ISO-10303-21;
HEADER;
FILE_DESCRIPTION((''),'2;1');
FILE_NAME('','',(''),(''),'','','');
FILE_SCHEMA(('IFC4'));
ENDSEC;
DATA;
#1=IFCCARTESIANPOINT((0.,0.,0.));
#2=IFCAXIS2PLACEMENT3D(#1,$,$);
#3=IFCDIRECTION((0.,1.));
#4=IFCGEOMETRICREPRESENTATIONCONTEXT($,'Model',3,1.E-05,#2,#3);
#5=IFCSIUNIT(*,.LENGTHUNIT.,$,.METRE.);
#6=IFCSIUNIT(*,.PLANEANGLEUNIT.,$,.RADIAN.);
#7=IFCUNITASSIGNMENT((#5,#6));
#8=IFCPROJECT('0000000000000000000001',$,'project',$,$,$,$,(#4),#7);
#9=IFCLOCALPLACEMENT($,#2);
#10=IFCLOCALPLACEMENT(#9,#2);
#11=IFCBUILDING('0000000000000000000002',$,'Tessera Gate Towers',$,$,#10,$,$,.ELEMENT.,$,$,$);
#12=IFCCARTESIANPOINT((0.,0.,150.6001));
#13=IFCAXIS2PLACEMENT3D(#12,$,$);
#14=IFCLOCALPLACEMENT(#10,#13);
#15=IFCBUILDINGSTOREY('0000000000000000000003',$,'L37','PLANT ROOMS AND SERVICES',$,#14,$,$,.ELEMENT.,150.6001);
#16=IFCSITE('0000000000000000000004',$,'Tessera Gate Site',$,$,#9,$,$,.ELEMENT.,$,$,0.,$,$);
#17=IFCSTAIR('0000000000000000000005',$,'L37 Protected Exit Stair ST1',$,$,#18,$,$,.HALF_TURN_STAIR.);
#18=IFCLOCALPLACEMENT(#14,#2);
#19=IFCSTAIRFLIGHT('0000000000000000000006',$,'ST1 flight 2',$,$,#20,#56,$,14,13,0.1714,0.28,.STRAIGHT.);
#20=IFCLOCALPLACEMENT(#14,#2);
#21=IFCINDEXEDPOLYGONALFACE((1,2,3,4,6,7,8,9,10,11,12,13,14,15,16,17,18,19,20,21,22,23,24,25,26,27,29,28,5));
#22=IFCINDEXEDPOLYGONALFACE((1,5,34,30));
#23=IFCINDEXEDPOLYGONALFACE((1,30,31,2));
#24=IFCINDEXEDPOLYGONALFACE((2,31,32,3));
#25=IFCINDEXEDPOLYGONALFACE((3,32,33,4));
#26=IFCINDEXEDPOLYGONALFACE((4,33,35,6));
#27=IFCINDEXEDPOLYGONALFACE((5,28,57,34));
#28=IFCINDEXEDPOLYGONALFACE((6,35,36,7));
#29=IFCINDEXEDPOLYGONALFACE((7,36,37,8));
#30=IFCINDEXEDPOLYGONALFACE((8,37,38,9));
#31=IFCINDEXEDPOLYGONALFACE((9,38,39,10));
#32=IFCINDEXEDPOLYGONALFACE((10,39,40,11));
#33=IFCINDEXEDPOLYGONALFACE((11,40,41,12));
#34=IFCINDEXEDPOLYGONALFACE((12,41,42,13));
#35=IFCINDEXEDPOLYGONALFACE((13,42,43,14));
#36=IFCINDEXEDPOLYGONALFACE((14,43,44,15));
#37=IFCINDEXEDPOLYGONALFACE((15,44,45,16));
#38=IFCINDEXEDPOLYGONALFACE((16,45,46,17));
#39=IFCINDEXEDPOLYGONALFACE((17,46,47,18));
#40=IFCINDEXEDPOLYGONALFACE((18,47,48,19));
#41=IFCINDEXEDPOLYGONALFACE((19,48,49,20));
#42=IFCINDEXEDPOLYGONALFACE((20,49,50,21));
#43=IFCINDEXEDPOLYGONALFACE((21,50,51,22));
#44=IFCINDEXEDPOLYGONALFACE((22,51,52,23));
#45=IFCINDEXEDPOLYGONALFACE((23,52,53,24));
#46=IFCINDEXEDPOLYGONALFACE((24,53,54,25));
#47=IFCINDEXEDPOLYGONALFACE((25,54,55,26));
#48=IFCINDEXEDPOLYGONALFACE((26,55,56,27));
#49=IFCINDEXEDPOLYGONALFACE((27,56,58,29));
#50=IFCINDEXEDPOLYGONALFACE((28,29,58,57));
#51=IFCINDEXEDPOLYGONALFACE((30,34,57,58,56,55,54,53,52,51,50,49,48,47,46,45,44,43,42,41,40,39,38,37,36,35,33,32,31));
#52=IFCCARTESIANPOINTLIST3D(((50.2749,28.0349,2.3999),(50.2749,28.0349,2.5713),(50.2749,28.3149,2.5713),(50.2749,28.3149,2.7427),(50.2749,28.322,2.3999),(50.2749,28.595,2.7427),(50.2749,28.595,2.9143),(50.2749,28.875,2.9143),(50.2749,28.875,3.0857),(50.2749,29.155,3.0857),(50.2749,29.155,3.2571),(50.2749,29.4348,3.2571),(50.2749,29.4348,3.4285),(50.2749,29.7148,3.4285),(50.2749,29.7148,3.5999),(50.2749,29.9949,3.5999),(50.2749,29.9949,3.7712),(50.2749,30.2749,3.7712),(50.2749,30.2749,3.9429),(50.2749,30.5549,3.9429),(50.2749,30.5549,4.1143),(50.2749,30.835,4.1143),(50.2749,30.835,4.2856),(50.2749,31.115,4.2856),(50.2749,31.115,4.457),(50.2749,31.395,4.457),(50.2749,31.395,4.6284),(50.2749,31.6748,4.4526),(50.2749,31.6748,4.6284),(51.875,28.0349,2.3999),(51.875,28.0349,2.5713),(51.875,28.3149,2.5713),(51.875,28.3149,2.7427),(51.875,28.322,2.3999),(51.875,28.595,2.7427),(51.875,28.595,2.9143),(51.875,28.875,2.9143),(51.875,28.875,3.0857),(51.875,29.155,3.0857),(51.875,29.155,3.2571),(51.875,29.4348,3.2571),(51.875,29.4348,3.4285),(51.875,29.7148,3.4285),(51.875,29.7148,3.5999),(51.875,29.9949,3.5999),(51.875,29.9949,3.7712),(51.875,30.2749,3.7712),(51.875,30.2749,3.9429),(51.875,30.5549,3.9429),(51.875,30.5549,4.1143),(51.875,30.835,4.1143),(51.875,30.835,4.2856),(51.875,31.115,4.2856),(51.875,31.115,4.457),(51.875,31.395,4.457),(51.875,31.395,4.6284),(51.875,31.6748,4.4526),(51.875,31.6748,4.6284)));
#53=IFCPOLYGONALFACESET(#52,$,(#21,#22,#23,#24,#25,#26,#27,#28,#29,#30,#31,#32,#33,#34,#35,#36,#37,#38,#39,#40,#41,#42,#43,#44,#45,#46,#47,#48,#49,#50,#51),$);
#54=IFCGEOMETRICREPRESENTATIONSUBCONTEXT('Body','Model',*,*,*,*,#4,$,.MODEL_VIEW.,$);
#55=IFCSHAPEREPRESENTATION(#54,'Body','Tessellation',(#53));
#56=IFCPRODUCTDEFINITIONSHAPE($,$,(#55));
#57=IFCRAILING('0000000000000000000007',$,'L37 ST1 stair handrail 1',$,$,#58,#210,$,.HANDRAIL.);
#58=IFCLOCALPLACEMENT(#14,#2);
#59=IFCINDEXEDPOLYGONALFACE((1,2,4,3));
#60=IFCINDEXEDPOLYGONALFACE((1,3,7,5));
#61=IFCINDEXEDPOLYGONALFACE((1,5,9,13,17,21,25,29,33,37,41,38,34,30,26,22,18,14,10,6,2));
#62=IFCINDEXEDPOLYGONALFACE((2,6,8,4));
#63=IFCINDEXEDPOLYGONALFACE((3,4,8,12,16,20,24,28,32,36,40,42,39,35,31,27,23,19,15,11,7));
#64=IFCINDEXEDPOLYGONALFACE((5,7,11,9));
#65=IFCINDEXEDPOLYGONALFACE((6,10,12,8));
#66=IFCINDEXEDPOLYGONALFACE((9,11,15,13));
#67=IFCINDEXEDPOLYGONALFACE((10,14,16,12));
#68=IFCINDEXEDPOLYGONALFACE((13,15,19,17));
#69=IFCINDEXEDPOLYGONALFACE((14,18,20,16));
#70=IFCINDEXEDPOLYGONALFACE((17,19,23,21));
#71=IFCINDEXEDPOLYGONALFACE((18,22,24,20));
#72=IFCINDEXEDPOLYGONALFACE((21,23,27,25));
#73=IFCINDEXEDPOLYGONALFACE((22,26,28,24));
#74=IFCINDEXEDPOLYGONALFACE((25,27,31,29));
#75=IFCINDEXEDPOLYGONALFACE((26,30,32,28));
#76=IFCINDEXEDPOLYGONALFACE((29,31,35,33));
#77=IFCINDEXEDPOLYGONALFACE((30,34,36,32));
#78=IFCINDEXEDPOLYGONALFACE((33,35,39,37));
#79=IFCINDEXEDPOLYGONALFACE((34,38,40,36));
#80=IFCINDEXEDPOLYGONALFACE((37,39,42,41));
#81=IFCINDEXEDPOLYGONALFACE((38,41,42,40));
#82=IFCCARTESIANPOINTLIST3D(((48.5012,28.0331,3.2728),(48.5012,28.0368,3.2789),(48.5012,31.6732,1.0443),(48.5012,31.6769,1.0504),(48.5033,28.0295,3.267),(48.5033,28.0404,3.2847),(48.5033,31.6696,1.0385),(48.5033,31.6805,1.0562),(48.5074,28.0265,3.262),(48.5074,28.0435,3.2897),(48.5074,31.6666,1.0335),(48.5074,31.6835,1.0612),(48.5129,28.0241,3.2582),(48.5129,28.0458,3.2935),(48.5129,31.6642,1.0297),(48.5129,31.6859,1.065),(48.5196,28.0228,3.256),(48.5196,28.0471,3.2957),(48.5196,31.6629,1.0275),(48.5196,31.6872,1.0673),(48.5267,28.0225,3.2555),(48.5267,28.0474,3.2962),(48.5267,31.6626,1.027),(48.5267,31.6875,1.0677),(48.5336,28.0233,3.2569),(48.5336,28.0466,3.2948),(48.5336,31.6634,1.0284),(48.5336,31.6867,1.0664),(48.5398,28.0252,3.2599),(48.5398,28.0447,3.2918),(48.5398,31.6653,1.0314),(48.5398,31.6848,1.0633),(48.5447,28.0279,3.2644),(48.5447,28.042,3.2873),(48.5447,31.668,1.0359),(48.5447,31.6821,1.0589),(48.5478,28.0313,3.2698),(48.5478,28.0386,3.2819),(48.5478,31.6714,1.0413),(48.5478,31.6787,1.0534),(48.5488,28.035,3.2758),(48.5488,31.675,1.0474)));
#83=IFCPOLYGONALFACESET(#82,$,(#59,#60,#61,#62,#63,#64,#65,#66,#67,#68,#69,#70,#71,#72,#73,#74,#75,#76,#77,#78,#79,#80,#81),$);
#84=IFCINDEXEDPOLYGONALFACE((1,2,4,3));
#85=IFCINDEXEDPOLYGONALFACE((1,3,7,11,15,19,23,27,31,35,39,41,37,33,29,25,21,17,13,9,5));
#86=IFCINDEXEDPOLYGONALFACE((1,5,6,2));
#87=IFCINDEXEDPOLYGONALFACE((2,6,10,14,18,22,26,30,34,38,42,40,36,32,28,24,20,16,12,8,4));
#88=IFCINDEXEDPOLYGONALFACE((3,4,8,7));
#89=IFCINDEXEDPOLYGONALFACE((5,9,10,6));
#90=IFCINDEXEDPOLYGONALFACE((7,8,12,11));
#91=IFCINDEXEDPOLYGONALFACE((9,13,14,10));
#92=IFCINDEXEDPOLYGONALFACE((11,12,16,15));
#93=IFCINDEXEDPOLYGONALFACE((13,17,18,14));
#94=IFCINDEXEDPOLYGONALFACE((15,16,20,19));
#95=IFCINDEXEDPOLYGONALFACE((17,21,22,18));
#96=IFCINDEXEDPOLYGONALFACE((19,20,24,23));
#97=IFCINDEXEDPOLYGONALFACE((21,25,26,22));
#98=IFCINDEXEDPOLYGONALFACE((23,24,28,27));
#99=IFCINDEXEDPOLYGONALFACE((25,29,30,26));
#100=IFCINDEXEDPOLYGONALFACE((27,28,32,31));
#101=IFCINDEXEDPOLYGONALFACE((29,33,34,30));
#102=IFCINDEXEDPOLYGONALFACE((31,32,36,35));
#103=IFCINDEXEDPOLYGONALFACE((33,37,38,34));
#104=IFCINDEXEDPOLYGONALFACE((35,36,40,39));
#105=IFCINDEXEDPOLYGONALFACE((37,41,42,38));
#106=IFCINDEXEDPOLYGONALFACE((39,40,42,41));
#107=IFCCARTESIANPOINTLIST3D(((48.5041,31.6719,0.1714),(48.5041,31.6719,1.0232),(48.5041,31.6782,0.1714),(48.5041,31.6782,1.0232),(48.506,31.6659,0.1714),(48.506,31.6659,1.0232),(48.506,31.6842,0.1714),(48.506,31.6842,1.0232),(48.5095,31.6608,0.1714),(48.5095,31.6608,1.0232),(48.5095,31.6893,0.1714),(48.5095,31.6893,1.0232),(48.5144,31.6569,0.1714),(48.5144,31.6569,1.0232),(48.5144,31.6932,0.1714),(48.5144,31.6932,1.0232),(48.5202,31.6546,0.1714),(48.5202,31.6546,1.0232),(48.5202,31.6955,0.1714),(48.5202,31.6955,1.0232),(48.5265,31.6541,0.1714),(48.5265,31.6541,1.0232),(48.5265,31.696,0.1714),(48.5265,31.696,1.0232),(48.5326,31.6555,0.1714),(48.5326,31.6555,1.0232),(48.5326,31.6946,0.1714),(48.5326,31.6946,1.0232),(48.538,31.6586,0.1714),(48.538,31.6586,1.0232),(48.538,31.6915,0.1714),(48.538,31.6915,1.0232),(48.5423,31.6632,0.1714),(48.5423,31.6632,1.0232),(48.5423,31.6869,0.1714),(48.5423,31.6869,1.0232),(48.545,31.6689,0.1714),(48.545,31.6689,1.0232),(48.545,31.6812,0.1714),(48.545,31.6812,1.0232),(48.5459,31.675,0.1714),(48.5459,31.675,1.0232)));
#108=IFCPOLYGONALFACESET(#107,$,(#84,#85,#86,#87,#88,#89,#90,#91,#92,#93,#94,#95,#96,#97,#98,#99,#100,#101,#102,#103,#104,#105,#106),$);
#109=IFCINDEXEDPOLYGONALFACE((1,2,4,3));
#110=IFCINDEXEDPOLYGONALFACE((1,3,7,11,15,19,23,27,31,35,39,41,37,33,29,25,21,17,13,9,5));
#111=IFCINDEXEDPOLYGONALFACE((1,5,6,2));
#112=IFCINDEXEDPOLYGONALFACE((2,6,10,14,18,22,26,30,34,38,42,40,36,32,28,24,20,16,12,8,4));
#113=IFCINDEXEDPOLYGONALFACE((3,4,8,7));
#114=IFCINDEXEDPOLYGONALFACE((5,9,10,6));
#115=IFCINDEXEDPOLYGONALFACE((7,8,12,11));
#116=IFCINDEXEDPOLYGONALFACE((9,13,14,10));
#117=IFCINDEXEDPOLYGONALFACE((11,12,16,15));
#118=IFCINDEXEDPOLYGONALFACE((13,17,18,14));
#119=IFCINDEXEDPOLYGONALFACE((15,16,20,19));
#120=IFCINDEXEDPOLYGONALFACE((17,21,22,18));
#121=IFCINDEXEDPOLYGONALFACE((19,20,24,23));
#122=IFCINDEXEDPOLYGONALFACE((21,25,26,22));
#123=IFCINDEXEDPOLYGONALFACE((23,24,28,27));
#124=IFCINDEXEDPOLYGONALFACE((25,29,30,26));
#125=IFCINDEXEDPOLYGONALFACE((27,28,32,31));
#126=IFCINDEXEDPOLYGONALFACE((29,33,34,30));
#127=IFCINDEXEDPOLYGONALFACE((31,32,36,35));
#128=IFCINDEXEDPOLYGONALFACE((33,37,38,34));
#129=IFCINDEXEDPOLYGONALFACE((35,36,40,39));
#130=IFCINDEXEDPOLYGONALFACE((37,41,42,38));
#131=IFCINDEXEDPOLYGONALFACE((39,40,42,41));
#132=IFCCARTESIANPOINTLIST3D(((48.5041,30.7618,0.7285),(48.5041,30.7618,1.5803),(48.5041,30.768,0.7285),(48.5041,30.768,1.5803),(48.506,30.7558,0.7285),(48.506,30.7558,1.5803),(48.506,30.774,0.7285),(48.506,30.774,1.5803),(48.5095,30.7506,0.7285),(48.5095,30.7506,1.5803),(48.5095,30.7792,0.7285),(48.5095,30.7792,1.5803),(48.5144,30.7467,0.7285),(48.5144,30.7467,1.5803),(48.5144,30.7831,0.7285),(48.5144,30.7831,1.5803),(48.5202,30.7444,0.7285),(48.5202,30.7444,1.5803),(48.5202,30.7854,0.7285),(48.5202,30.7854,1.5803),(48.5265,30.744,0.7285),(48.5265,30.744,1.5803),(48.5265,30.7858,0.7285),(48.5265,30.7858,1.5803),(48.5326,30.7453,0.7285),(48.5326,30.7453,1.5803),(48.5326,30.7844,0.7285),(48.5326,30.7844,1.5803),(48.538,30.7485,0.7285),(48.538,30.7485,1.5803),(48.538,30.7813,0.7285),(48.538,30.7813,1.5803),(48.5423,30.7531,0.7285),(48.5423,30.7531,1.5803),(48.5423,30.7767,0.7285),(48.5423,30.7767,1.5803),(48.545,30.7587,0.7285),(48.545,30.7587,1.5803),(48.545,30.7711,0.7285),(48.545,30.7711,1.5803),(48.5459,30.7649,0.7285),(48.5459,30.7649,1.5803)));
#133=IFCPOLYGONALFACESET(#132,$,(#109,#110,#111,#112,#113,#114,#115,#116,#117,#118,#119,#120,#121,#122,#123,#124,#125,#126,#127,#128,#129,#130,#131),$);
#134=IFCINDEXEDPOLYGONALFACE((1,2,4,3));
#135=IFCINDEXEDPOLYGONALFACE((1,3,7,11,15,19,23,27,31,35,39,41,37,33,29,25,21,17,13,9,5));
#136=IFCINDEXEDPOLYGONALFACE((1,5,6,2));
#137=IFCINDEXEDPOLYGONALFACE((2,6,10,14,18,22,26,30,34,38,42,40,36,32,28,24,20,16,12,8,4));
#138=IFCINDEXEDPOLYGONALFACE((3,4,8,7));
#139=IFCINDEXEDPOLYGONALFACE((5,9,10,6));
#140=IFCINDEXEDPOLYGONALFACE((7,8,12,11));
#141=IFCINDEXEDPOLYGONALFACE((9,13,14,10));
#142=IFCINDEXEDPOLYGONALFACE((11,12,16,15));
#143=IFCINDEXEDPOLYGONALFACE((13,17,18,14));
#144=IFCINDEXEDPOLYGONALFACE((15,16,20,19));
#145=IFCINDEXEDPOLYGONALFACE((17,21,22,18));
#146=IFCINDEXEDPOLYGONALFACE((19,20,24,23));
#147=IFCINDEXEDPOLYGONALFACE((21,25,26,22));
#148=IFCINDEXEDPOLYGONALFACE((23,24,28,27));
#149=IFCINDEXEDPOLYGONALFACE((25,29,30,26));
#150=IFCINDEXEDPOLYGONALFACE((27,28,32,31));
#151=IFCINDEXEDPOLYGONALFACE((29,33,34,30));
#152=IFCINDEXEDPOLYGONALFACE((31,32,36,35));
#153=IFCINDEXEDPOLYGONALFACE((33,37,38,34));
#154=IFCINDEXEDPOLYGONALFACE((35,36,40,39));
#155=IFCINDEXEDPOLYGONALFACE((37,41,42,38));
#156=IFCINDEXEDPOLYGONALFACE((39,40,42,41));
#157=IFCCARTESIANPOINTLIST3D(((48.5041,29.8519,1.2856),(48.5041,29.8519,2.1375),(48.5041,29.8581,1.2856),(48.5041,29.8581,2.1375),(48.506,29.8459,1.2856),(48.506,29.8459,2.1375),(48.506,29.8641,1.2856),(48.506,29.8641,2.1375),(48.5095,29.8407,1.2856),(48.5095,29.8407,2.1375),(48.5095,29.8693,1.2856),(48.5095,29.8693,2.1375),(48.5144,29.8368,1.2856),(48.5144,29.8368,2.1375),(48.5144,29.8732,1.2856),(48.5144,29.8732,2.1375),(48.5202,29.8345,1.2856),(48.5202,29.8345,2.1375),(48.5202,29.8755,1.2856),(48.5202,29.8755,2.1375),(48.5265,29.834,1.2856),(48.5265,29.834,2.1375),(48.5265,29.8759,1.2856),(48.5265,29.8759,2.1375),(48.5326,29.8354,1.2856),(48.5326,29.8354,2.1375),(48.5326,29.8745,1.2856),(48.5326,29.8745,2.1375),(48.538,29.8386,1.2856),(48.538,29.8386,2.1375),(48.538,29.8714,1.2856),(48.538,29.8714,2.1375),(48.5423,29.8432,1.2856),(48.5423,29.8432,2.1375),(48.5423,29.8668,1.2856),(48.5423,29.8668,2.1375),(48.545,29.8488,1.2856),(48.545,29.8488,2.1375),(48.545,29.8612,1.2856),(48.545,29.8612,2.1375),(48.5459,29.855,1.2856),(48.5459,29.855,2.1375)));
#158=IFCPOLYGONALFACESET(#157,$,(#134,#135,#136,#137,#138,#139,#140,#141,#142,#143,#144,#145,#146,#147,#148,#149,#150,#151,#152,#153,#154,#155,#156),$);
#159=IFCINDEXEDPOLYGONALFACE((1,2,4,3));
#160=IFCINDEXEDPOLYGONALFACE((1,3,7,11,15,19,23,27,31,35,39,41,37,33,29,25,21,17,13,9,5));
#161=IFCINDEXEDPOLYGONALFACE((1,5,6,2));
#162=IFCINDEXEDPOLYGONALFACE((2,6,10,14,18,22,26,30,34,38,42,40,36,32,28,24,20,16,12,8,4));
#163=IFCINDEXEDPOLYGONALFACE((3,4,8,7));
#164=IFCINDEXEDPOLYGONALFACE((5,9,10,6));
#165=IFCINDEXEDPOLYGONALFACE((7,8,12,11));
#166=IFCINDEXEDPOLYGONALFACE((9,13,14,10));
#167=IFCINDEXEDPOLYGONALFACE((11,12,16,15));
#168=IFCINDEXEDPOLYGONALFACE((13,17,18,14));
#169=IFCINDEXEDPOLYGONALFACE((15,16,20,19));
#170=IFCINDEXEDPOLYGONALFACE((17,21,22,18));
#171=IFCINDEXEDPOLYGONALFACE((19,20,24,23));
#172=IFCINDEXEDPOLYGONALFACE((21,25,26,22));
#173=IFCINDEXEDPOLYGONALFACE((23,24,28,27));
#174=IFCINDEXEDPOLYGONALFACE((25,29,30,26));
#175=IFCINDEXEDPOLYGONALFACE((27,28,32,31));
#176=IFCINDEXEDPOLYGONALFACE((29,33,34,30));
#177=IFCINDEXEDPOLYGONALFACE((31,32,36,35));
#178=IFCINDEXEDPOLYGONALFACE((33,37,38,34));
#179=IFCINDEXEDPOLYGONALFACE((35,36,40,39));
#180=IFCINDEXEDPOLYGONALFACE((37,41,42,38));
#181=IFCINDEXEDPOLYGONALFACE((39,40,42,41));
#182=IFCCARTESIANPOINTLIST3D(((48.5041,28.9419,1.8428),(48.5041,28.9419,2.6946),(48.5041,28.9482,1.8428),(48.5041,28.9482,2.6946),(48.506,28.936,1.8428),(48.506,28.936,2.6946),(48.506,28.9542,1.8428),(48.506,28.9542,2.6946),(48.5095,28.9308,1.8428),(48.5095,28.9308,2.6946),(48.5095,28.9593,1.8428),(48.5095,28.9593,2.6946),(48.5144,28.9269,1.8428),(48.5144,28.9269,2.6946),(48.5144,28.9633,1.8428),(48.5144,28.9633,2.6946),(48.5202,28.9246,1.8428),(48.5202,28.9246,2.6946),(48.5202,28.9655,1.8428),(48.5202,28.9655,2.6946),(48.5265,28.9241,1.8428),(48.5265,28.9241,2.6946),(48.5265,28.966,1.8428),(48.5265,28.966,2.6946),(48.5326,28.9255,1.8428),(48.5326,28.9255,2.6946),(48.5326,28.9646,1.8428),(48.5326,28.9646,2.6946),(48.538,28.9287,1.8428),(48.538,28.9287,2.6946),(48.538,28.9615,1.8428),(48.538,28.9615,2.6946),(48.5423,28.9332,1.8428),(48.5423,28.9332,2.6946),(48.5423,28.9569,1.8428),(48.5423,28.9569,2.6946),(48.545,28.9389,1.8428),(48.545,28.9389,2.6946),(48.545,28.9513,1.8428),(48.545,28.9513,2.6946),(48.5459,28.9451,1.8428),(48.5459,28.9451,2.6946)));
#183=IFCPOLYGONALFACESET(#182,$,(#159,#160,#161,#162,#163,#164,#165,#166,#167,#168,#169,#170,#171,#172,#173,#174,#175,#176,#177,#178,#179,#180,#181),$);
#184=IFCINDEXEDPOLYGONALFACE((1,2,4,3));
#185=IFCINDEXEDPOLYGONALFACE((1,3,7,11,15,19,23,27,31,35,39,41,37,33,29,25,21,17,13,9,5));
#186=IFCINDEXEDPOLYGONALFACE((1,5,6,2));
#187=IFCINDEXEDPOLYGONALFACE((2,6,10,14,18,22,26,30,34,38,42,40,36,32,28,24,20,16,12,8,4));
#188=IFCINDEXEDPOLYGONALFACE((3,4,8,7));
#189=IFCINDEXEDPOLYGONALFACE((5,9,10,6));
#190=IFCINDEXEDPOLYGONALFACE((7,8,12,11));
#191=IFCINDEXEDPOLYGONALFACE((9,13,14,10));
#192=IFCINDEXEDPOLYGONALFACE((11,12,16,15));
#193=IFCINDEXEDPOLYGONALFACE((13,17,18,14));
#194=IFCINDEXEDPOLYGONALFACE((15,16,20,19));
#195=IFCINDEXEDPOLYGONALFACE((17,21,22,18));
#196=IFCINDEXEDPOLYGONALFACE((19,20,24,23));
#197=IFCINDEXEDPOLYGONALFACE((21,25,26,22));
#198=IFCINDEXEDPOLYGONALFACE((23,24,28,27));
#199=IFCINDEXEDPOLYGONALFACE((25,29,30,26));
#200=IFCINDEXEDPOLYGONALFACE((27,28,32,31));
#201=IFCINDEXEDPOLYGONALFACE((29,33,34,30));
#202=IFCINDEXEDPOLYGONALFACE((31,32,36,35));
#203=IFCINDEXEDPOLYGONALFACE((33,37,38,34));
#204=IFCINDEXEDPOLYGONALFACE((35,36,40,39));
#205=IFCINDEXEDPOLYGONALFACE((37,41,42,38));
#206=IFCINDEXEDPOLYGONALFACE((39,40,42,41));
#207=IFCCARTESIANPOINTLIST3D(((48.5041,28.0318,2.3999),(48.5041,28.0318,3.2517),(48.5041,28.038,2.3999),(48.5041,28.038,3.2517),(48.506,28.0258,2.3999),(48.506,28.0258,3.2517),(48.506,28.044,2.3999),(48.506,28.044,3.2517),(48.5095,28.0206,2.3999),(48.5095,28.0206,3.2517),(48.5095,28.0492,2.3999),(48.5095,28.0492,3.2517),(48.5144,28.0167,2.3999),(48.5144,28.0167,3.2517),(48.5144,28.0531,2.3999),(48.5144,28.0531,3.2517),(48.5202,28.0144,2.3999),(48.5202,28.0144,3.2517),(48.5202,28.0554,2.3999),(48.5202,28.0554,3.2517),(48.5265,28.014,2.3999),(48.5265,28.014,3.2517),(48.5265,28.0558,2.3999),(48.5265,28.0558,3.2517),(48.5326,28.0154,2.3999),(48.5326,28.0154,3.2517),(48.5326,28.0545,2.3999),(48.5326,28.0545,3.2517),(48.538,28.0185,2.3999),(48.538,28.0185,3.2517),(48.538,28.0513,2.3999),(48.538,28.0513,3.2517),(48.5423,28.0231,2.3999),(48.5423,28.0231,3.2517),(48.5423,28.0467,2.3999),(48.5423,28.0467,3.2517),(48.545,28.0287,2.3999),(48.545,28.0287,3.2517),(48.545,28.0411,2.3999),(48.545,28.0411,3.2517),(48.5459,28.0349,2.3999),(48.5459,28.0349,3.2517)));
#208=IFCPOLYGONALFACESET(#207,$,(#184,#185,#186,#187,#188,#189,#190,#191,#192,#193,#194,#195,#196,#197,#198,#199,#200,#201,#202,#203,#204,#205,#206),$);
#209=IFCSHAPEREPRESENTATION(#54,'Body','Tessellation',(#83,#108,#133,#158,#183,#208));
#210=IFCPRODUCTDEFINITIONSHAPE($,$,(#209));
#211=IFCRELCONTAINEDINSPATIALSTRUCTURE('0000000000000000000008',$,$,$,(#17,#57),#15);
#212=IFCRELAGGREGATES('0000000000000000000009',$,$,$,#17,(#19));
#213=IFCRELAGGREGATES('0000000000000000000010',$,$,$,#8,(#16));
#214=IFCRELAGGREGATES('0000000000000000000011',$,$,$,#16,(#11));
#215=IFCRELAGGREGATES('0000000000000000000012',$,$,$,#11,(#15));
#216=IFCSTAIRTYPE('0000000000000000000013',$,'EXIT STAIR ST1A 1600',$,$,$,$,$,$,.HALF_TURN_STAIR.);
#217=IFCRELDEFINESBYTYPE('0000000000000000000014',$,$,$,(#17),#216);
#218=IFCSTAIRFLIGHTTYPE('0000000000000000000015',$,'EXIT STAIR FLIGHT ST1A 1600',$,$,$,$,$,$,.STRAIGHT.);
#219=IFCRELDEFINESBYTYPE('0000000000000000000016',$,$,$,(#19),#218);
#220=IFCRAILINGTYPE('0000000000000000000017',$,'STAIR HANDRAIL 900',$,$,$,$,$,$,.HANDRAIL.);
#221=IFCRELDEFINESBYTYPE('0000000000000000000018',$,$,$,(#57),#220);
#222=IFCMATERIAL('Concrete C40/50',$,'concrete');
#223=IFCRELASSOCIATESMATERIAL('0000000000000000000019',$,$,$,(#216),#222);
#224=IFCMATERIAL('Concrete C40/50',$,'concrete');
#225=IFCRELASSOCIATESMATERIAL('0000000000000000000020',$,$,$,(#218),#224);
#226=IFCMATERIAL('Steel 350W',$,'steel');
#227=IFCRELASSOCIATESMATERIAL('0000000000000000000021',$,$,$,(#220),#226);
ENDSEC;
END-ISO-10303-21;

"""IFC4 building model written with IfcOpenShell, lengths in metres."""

from ifc_helpers import new_model, si_unit, direction, frame, origin, origin_2d, place, context, subcontext, project, spatial, polyline, circle, outline, extrude, material, type_object, element, aggregate, save


model = new_model("IFC4")

# Units and contexts
model_context = context("Model", 3, precision=1e-05, world=origin(), true_north=direction((0.0, 1.0)))
body_context = subcontext(model_context, "Body", "Model", "MODEL_VIEW")
ifc_project = project(units=[si_unit("LENGTHUNIT", "METRE"), si_unit("PLANEANGLEUNIT", "RADIAN")], contexts=[model_context])

# Site, building, storey
site_placement = place(None, origin())
site = spatial("IfcSite", under=ifc_project, at=site_placement, Name="Tessera Gate Site", CompositionType="ELEMENT", RefElevation=0.0)
building_placement = place(site_placement, origin())
building = spatial("IfcBuilding", under=site, at=building_placement, Name="Tessera Gate Towers", CompositionType="ELEMENT")
storey_placement = place(building_placement, frame((0.0, 0.0, 150.6001)))
storey = spatial("IfcBuildingStorey", under=building, at=storey_placement, Name="L37", Description="PLANT ROOMS AND SERVICES", CompositionType="ELEMENT", Elevation=150.6001)

# Stair, stair flight
ifc_material_1 = material(Name="Concrete C40/50", Category="concrete")
stair_type = type_object("IfcStairType", Name="EXIT STAIR ST1A 1600", PredefinedType="HALF_TURN_STAIR", material=ifc_material_1)
stair_placement = place(storey_placement, origin())
stair = element("IfcStair", 1, at=stair_placement, inside=storey, type_object=stair_type, Name="L37 Protected Exit Stair ST1", PredefinedType="HALF_TURN_STAIR")
ifc_material_2 = material(Name="Concrete C40/50", Category="concrete")
stair_flight_type = type_object("IfcStairFlightType", Name="EXIT STAIR FLIGHT ST1A 1600", PredefinedType="STRAIGHT", material=ifc_material_2)
stair_flight_1_placement = place(storey_placement, frame((51.075, 28.0349, 2.3999), z_axis=(0.0, 0.0, 1.0), x_axis=(0.0, 1.0, 0.0)))
stair_flight_1 = element("IfcStairFlight", 2, at=stair_flight_1_placement, type_object=stair_flight_type, Name="ST1 flight 2", NumberOfRisers=14, NumberOfTreads=13, PredefinedType="STRAIGHT", RiserHeight=0.1714, TreadLength=0.28, context=body_context, shape_type="SweptSolid", body=[
    extrude(outline(polyline([(0.0, 0.0), (0.0, 0.1714), (0.28, 0.1714), (0.28, 0.3428), (0.5601, 0.3428), (0.5601, 0.5144), (0.8401, 0.5144), (0.8401, 0.6858), (1.1201, 0.6858), (1.1201, 0.8572), (1.3999, 0.8572), (1.3999, 1.0286), (1.6799, 1.0286), (1.6799, 1.2), (1.96, 1.2), (1.96, 1.3713), (2.24, 1.3713), (2.24, 1.543), (2.52, 1.543), (2.52, 1.7144), (2.8, 1.7144), (2.8, 1.8857), (3.0801, 1.8857), (3.0801, 2.0571), (3.3601, 2.0571), (3.3601, 2.2285), (3.6399, 2.2285), (3.6399, 2.3999), (3.6399, 2.0527), (0.2871, 0.0), (0.0, 0.0)])), frame((0.0, 0.8, 0.0), z_axis=(0.0, -1.0, 0.0), x_axis=(1.0, 0.0, 0.0)), (0.0, 0.0, 1.0), 1.6001),
])
aggregate(stair, [stair_flight_1])

# Railing
ifc_material_3 = material(Name="Steel 350W", Category="steel")
railing_type_1 = type_object("IfcRailingType", Name="STAIR HANDRAIL 900", PredefinedType="HANDRAIL", material=ifc_material_3)
railing_1_placement = place(storey_placement, frame((48.5249, 31.675, 0.1714)))
element("IfcRailing", 3, at=railing_1_placement, inside=storey, type_object=railing_type_1, Name="L37 ST1 stair handrail 1", PredefinedType="HANDRAIL", context=body_context, shape_type="SweptSolid", body=[
    extrude(circle(Radius=0.0239, at=origin_2d()), frame((0.0, 0.0, 0.876), z_axis=(0.0, -0.852866, 0.52213), x_axis=(1.0, 0.0, 0.0)), (0.0, 0.0, 1.0), 4.2681),
    extrude(circle(Radius=0.021, at=origin_2d()), origin(), (0.0, 0.0, 1.0), 0.8518),
    extrude(circle(Radius=0.021, at=origin_2d()), frame((0.0, -0.9102, 0.5571)), (0.0, 0.0, 1.0), 0.8518),
    extrude(circle(Radius=0.021, at=origin_2d()), frame((0.0, -1.8201, 1.1143)), (0.0, 0.0, 1.0), 0.8518),
    extrude(circle(Radius=0.021, at=origin_2d()), frame((0.0, -2.73, 1.6714)), (0.0, 0.0, 1.0), 0.8518),
    extrude(circle(Radius=0.021, at=origin_2d()), frame((0.0, -3.6401, 2.2285)), (0.0, 0.0, 1.0), 0.8518),
])

save(model, "model.ifc")
